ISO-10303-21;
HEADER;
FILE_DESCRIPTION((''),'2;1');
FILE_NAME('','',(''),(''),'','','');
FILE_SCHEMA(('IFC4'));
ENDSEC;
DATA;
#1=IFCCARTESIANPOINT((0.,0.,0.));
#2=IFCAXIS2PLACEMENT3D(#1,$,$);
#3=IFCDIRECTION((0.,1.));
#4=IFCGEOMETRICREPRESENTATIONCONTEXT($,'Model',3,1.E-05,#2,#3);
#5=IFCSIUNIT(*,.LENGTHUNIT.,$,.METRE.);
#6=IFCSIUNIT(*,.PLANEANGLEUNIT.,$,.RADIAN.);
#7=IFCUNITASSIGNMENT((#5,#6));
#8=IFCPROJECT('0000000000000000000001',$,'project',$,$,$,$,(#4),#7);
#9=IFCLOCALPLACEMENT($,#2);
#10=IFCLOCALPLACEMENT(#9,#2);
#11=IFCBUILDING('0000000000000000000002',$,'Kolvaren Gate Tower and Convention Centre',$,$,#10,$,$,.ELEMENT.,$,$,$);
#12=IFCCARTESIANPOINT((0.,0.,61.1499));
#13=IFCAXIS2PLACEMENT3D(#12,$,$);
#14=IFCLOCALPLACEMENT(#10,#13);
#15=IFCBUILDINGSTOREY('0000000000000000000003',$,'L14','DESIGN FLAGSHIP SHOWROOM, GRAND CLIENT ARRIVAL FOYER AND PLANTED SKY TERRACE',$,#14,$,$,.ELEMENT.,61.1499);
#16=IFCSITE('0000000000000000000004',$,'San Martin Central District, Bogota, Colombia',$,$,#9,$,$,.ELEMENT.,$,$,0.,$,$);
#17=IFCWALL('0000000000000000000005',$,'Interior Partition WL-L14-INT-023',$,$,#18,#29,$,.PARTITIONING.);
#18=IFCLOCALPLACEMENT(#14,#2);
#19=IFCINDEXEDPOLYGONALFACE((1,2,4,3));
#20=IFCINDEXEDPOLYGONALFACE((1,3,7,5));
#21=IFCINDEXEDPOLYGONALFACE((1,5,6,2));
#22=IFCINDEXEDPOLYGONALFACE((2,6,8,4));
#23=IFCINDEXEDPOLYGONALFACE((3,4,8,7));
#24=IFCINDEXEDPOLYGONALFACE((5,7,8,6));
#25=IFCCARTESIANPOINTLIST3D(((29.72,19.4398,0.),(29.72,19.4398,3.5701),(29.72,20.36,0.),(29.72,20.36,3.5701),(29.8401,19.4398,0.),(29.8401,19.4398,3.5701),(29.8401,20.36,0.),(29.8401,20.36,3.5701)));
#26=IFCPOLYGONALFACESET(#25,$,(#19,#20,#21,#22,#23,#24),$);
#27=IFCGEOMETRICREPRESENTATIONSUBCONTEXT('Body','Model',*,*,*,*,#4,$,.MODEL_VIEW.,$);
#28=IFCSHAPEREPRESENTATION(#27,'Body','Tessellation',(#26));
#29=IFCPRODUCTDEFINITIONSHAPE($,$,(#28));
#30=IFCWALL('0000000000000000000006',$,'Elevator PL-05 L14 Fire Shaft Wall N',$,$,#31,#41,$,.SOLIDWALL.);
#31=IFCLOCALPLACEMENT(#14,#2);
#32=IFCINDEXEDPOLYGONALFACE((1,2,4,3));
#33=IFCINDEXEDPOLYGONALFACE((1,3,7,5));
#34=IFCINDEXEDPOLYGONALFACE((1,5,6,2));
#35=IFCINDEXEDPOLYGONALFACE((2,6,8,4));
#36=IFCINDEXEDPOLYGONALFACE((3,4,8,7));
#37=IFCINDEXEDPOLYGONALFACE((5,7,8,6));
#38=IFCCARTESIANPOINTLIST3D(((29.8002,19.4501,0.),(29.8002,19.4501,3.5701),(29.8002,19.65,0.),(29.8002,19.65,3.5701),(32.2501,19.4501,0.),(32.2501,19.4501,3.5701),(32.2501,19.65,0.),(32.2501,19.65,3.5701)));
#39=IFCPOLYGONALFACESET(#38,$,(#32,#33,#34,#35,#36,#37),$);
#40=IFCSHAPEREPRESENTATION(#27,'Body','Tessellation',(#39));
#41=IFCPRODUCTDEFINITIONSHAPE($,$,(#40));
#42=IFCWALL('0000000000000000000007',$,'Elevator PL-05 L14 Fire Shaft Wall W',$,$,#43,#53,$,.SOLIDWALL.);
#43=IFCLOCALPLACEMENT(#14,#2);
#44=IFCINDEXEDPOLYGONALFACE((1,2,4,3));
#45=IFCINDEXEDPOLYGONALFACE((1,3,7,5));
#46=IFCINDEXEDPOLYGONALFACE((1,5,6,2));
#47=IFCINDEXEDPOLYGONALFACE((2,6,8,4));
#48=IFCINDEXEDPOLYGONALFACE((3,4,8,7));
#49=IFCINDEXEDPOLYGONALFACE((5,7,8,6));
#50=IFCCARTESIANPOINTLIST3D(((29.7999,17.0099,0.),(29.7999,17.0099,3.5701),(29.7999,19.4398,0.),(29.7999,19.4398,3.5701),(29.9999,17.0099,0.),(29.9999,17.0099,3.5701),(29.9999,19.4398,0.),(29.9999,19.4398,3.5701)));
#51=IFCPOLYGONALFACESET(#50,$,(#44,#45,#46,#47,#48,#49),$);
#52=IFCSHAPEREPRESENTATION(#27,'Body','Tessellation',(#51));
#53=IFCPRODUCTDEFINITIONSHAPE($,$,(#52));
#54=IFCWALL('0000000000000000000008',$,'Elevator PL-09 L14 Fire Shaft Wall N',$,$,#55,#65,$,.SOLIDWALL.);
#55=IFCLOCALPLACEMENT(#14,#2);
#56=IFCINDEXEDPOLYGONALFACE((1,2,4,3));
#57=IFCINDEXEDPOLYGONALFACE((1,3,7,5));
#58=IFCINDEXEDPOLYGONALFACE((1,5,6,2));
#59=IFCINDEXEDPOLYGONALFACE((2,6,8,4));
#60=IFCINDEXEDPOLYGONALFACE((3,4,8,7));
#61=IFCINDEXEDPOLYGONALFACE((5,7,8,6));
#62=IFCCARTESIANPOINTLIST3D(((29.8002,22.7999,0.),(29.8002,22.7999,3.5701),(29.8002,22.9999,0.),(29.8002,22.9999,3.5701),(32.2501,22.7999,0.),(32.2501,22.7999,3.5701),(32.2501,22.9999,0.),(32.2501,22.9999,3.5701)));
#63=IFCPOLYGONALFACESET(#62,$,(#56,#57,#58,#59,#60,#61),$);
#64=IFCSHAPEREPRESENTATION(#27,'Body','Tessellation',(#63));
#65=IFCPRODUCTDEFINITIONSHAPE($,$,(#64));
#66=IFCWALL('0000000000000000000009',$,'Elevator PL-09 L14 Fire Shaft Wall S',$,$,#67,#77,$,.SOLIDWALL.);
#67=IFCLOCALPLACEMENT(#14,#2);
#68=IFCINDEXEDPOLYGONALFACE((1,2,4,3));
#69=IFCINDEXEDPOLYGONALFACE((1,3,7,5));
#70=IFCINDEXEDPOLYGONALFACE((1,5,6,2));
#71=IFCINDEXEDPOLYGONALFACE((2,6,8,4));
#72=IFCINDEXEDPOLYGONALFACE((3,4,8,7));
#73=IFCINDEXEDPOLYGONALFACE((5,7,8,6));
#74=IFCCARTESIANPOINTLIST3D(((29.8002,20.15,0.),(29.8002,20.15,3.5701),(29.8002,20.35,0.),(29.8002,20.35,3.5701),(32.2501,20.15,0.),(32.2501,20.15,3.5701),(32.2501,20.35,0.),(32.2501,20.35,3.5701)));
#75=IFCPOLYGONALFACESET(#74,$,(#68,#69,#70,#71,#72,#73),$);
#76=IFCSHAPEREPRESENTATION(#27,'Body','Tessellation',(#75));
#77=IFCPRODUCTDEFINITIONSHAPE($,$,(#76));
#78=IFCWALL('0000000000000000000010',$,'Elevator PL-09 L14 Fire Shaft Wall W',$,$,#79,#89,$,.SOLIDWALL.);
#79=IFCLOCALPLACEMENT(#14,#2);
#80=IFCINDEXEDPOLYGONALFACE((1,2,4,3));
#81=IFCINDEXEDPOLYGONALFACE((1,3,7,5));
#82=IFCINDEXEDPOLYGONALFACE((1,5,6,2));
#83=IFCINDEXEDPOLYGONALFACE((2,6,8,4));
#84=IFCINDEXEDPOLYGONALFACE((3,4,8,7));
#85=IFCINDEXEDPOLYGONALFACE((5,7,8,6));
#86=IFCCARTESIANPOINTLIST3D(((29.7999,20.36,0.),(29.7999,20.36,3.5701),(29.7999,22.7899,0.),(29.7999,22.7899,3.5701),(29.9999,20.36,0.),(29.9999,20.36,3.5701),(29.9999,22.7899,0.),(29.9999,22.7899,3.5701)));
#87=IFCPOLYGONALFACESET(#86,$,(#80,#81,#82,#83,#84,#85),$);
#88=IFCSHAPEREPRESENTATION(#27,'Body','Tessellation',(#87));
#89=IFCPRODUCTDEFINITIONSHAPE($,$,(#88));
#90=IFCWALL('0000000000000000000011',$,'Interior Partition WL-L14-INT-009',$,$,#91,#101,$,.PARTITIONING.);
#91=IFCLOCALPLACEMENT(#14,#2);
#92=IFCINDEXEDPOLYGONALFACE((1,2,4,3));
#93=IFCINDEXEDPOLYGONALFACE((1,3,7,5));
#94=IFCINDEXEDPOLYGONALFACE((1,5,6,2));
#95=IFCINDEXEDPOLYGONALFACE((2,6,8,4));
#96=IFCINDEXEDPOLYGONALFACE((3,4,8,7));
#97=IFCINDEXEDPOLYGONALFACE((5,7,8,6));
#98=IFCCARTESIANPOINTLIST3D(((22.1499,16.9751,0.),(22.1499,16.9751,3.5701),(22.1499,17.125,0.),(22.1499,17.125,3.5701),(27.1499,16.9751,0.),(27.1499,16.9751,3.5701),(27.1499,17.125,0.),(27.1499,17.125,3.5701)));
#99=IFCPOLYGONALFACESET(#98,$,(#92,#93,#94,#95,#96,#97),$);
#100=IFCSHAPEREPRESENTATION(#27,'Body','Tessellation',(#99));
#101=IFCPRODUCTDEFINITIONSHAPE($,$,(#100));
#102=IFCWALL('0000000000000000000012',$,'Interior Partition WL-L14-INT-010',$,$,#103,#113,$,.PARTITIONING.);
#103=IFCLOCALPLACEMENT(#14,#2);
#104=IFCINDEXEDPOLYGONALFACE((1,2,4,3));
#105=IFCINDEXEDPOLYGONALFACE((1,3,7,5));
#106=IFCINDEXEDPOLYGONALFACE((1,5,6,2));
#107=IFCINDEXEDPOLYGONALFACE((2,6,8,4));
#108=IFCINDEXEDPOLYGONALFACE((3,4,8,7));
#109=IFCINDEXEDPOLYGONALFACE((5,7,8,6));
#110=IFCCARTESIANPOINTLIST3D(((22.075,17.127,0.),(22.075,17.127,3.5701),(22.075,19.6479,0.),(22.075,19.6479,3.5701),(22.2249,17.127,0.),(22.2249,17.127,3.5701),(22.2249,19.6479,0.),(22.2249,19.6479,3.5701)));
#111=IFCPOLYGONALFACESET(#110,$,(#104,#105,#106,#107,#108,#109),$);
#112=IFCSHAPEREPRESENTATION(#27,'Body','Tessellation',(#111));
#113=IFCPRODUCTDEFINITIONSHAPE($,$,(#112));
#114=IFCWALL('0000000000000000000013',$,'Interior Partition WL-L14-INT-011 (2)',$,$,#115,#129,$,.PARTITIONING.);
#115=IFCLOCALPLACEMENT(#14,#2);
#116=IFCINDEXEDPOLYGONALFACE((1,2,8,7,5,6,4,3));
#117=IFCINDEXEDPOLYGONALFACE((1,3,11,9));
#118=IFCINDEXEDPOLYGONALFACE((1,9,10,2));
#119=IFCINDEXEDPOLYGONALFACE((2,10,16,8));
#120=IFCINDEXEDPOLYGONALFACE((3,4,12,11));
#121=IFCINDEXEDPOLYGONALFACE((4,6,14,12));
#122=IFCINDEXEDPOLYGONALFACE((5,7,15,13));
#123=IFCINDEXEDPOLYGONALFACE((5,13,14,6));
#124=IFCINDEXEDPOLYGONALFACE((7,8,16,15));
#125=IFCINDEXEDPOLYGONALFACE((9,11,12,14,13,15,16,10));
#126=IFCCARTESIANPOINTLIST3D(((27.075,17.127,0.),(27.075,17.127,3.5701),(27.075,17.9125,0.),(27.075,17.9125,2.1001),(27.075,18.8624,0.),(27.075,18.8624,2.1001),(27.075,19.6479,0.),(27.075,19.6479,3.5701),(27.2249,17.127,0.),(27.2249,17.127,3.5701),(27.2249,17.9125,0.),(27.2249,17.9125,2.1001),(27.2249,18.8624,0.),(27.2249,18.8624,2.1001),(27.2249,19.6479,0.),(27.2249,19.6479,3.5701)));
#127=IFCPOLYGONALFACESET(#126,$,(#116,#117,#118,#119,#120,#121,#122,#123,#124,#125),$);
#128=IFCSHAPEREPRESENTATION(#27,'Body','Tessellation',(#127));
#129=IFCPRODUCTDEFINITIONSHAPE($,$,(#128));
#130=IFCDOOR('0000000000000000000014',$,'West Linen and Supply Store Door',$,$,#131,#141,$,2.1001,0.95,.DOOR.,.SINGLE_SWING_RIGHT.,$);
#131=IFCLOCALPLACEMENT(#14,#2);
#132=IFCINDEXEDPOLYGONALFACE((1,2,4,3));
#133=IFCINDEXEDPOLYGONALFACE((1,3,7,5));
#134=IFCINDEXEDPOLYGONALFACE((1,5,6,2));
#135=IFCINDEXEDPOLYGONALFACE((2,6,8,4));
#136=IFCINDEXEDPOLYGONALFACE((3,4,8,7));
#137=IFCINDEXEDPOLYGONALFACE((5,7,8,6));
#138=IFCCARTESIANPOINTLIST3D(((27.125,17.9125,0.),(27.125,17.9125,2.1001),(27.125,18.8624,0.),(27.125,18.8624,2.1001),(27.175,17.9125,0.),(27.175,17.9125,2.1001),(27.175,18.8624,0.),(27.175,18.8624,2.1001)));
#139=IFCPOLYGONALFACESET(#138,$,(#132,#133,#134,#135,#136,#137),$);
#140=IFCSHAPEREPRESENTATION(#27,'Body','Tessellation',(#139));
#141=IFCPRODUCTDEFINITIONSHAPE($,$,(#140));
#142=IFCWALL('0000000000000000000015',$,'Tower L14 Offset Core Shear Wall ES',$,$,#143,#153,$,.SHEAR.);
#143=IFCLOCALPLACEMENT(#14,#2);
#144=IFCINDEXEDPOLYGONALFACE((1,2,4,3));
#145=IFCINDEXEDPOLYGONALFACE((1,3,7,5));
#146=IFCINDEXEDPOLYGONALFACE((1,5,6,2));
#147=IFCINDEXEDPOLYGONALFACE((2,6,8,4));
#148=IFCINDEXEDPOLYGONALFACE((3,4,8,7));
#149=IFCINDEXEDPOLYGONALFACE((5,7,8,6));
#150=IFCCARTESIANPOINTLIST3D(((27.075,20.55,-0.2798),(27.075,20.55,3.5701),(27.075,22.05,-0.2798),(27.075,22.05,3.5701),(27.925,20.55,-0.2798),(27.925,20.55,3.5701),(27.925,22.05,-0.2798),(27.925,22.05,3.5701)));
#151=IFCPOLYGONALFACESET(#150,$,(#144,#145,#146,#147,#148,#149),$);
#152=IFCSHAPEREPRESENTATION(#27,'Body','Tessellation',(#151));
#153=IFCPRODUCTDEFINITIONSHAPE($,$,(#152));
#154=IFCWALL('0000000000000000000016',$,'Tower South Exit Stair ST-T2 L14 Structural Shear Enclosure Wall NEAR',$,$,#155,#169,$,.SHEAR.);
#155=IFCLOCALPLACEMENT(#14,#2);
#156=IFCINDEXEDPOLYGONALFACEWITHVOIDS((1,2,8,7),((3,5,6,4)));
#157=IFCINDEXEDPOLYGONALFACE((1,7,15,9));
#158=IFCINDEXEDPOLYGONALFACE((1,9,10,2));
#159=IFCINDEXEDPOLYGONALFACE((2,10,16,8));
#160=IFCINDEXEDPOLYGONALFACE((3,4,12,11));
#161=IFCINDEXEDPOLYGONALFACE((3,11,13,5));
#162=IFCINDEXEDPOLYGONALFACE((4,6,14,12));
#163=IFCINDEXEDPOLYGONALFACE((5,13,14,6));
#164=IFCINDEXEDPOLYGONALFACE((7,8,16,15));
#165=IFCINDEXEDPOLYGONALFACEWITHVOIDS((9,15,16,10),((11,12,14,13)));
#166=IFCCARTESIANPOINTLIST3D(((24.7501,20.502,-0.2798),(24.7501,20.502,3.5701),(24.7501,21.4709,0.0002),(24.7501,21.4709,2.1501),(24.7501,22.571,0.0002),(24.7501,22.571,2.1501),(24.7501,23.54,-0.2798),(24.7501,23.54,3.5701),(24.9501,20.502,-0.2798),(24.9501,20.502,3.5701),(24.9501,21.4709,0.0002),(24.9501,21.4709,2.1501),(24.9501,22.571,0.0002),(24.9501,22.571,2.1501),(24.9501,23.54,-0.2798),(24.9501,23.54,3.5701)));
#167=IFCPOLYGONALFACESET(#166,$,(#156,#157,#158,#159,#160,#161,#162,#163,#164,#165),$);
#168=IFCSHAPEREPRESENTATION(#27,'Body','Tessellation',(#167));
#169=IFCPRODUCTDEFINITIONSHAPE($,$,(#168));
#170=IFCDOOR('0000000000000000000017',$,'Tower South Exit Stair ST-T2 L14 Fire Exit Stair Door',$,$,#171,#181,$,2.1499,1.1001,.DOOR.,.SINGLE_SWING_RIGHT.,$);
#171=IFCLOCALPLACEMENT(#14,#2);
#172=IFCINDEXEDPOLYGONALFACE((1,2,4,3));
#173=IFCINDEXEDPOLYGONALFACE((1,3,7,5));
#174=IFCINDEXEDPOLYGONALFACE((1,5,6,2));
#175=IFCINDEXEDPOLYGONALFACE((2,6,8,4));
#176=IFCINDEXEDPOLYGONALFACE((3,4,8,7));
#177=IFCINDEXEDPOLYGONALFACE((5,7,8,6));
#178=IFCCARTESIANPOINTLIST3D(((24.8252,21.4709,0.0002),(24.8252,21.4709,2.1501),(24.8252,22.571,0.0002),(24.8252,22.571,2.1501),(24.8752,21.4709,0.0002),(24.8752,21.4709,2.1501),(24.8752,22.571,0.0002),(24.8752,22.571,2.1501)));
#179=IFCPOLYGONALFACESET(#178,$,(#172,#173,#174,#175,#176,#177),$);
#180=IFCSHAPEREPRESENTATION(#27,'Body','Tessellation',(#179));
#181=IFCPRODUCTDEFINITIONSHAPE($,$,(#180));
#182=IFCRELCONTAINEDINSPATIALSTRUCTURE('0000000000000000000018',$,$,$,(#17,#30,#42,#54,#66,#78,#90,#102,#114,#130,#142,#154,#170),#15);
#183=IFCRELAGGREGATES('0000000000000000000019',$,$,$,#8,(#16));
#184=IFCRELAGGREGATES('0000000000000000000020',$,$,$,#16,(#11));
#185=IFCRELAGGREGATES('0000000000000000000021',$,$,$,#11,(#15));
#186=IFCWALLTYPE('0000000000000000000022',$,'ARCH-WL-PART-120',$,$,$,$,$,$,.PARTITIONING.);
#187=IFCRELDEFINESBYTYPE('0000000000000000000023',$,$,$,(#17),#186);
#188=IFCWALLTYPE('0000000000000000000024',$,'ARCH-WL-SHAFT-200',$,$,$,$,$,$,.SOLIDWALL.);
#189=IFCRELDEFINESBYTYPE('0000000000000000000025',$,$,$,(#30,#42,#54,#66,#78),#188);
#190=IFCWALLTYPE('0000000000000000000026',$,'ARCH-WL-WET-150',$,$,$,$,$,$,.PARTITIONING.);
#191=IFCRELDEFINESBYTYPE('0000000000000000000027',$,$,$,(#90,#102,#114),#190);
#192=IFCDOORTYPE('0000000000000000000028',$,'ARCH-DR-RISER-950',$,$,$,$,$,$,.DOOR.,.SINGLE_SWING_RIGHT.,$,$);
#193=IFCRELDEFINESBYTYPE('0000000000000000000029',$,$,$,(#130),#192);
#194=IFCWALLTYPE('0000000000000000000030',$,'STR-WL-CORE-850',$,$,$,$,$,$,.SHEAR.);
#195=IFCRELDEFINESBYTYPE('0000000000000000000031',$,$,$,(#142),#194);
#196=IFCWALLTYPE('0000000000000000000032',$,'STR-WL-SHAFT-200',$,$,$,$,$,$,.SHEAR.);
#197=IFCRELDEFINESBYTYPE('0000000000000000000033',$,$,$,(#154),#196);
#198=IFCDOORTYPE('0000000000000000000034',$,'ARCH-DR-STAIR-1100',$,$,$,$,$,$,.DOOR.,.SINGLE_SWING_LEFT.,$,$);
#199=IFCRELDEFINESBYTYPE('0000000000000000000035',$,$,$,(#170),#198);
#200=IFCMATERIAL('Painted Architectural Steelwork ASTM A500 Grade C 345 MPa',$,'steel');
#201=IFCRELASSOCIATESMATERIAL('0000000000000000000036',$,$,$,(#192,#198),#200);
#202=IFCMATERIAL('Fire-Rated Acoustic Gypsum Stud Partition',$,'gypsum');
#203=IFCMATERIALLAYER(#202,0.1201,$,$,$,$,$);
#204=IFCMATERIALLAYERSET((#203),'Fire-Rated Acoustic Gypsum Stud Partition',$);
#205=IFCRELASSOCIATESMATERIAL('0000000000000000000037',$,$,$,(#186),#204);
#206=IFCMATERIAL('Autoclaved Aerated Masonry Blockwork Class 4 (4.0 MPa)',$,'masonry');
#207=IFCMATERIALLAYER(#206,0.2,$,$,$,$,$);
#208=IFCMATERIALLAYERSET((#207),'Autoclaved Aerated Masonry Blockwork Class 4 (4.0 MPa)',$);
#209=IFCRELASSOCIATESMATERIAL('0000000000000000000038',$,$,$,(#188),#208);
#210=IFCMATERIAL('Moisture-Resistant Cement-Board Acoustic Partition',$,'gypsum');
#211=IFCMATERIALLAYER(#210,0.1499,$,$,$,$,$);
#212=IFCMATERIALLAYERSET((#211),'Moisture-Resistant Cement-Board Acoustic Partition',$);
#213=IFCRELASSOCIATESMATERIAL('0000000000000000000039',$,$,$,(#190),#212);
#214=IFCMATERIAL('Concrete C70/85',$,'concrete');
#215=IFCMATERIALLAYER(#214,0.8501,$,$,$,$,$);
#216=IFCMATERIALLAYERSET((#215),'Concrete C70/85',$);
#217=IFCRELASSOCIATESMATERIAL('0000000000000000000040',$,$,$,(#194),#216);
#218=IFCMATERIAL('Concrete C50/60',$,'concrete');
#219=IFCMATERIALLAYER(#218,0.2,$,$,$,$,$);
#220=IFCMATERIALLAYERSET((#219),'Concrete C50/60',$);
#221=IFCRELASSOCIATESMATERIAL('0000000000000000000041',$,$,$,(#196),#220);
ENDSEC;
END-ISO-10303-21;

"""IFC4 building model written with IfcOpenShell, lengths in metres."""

from ifc_helpers import new_model, si_unit, direction, frame, frame_2d, origin, place, context, subcontext, project, spatial, rectangle, extrude, material, layer, layer_set, type_object, element, fill, save


model = new_model("IFC4")

# Units and contexts
model_context = context("Model", 3, precision=1e-05, world=origin(), true_north=direction((0.0, 1.0)))
body_context = subcontext(model_context, "Body", "Model", "MODEL_VIEW")
ifc_project = project(units=[si_unit("LENGTHUNIT", "METRE"), si_unit("PLANEANGLEUNIT", "RADIAN")], contexts=[model_context])

# Site, building, storey
site_placement = place(None, origin())
site = spatial("IfcSite", under=ifc_project, at=site_placement, Name="San Martin Central District, Bogota, Colombia", CompositionType="ELEMENT", RefElevation=0.0)
building_placement = place(site_placement, origin())
building = spatial("IfcBuilding", under=site, at=building_placement, Name="Kolvaren Gate Tower and Convention Centre", CompositionType="ELEMENT")
storey_placement = place(building_placement, frame((0.0, 0.0, 61.1499)))
storey = spatial("IfcBuildingStorey", under=building, at=storey_placement, Name="L14", Description="DESIGN FLAGSHIP SHOWROOM, GRAND CLIENT ARRIVAL FOYER AND PLANTED SKY TERRACE", CompositionType="ELEMENT", Elevation=61.1499)

# Shared definitions
ifc_material_1 = material(Name="Autoclaved Aerated Masonry Blockwork Class 4 (4.0 MPa)", Category="masonry")

# Shared definitions
ifc_material_2 = material(Name="Painted Architectural Steelwork ASTM A500 Grade C 345 MPa", Category="steel")
door_type_1 = type_object("IfcDoorType", Name="ARCH-DR-RISER-950", OperationType="SINGLE_SWING_RIGHT", PredefinedType="DOOR", material=ifc_material_2)

# Walls
ifc_material_3 = material(Name="Fire-Rated Acoustic Gypsum Stud Partition", Category="gypsum")
ifc_layer_1 = layer(ifc_material_3, 0.1201)
ifc_layer_set_1 = layer_set([ifc_layer_1], Name="Fire-Rated Acoustic Gypsum Stud Partition")
wall_type_1 = type_object("IfcWallType", Name="ARCH-WL-PART-120", PredefinedType="PARTITIONING", material=ifc_layer_set_1)
wall_1_placement = place(storey_placement, frame((29.78, 19.4399, 0.0), z_axis=(0.0, 0.0, 1.0), x_axis=(0.0, 1.0, 0.0)))
element("IfcWall", 1, at=wall_1_placement, inside=storey, type_object=wall_type_1, Name="Interior Partition WL-L14-INT-023", PredefinedType="PARTITIONING", context=body_context, shape_type="SweptSolid", body=[
    extrude(rectangle(XDim=0.9202, YDim=0.1201, at=frame_2d((0.46, 0.0))), origin(), (0.0, 0.0, 1.0), 3.5701),
])
ifc_layer_2 = layer(ifc_material_1, 0.2)
ifc_layer_set_2 = layer_set([ifc_layer_2], Name="Autoclaved Aerated Masonry Blockwork Class 4 (4.0 MPa)")
wall_type_2 = type_object("IfcWallType", Name="ARCH-WL-SHAFT-200", PredefinedType="SOLIDWALL", material=ifc_layer_set_2)
wall_2_placement = place(storey_placement, frame((29.8, 19.55, 0.0), z_axis=(0.0, 0.0, 1.0), x_axis=(1.0, 0.0, 0.0)))
element("IfcWall", 2, at=wall_2_placement, inside=storey, type_object=wall_type_2, Name="Elevator PL-05 L14 Fire Shaft Wall N", PredefinedType="SOLIDWALL", context=body_context, shape_type="SweptSolid", body=[
    extrude(rectangle(XDim=2.45, YDim=0.2, at=frame_2d((1.2251, 0.0))), origin(), (0.0, 0.0, 1.0), 3.5701),
])
wall_3_placement = place(storey_placement, frame((29.8999, 17.01, 0.0), z_axis=(0.0, 0.0, 1.0), x_axis=(0.0, 1.0, 0.0)))
element("IfcWall", 3, at=wall_3_placement, inside=storey, type_object=wall_type_2, Name="Elevator PL-05 L14 Fire Shaft Wall W", PredefinedType="SOLIDWALL", context=body_context, shape_type="SweptSolid", body=[
    extrude(rectangle(XDim=2.4299, YDim=0.2, at=frame_2d((1.2148, 0.0))), origin(), (0.0, 0.0, 1.0), 3.5701),
])
for number, where, z_axis, x_axis, name in (
    (4, (29.8, 22.8999, 0.0), (0.0, 0.0, 1.0), (1.0, 0.0, 0.0), "Elevator PL-09 L14 Fire Shaft Wall N"),
    (5, (29.8, 20.25, 0.0), (0.0, 0.0, 1.0), (1.0, 0.0, 0.0), "Elevator PL-09 L14 Fire Shaft Wall S"),
):
    element("IfcWall", number, at=place(storey_placement, frame(where, z_axis=z_axis, x_axis=x_axis)), inside=storey, type_object=wall_type_2, Name=name, PredefinedType="SOLIDWALL", context=body_context, shape_type="SweptSolid", body=[
        extrude(rectangle(XDim=2.45, YDim=0.2, at=frame_2d((1.2251, 0.0))), origin(), (0.0, 0.0, 1.0), 3.5701),
    ])
wall_4_placement = place(storey_placement, frame((29.8999, 20.3601, 0.0), z_axis=(0.0, 0.0, 1.0), x_axis=(0.0, 1.0, 0.0)))
element("IfcWall", 6, at=wall_4_placement, inside=storey, type_object=wall_type_2, Name="Elevator PL-09 L14 Fire Shaft Wall W", PredefinedType="SOLIDWALL", context=body_context, shape_type="SweptSolid", body=[
    extrude(rectangle(XDim=2.4299, YDim=0.2, at=frame_2d((1.2148, 0.0))), origin(), (0.0, 0.0, 1.0), 3.5701),
])
ifc_material_4 = material(Name="Moisture-Resistant Cement-Board Acoustic Partition", Category="gypsum")
ifc_layer_3 = layer(ifc_material_4, 0.1499)
ifc_layer_set_3 = layer_set([ifc_layer_3], Name="Moisture-Resistant Cement-Board Acoustic Partition")
wall_type_3 = type_object("IfcWallType", Name="ARCH-WL-WET-150", PredefinedType="PARTITIONING", material=ifc_layer_set_3)
wall_5_placement = place(storey_placement, frame((22.1499, 17.05, 0.0), z_axis=(0.0, 0.0, 1.0), x_axis=(1.0, 0.0, 0.0)))
element("IfcWall", 7, at=wall_5_placement, inside=storey, type_object=wall_type_3, Name="Interior Partition WL-L14-INT-009", PredefinedType="PARTITIONING", context=body_context, shape_type="SweptSolid", body=[
    extrude(rectangle(XDim=5.0, YDim=0.1499, at=frame_2d((2.5, 0.0))), origin(), (0.0, 0.0, 1.0), 3.5701),
])
wall_6_placement = place(storey_placement, frame((22.1499, 17.127, 0.0), z_axis=(0.0, 0.0, 1.0), x_axis=(0.0, 1.0, 0.0)))
element("IfcWall", 8, at=wall_6_placement, inside=storey, type_object=wall_type_3, Name="Interior Partition WL-L14-INT-010", PredefinedType="PARTITIONING", context=body_context, shape_type="SweptSolid", body=[
    extrude(rectangle(XDim=2.521, YDim=0.1499, at=frame_2d((1.2605, 0.0))), origin(), (0.0, 0.0, 1.0), 3.5701),
])

# Wall, opening, door
wall_7_placement = place(storey_placement, frame((27.1499, 17.127, 0.0), z_axis=(0.0, 0.0, 1.0), x_axis=(0.0, 1.0, 0.0)))
wall_7 = element("IfcWall", 9, at=wall_7_placement, inside=storey, type_object=wall_type_3, Name="Interior Partition WL-L14-INT-011 (2)", PredefinedType="PARTITIONING", context=body_context, shape_type="SweptSolid", body=[
    extrude(rectangle(XDim=2.521, YDim=0.1499, at=frame_2d((1.2605, 0.0))), origin(), (0.0, 0.0, 1.0), 3.5701),
])
opening_1_placement = place(wall_7_placement, frame((0.7854, 0.0, 0.0)))
opening_1 = element("IfcOpeningElement", 10, at=opening_1_placement, cuts=wall_7, PredefinedType="OPENING", context=body_context, shape_type="SweptSolid", body=[
    extrude(rectangle(XDim=0.95, YDim=2.1001, at=frame_2d((0.4751, 1.05))), frame((0.0, 0.085, 0.0), z_axis=(0.0, -1.0, 0.0), x_axis=(1.0, 0.0, 0.0)), (0.0, 0.0, 1.0), 0.1699),
])
door_1_placement = place(opening_1_placement, origin())
door_1 = element("IfcDoor", 11, at=door_1_placement, inside=storey, type_object=door_type_1, Name="West Linen and Supply Store Door", OperationType="SINGLE_SWING_RIGHT", OverallHeight=2.1001, OverallWidth=0.95, PredefinedType="DOOR", context=body_context, shape_type="SweptSolid", body=[
    extrude(rectangle(XDim=0.95, YDim=2.1001, at=frame_2d((0.4751, 1.05))), frame((0.0, 0.0249, 0.0), z_axis=(0.0, -1.0, 0.0), x_axis=(1.0, 0.0, 0.0)), (0.0, 0.0, 1.0), 0.05),
])
fill(opening_1, door_1)

# Wall
ifc_material_5 = material(Name="Concrete C70/85", Category="concrete")
ifc_layer_4 = layer(ifc_material_5, 0.8501)
ifc_layer_set_4 = layer_set([ifc_layer_4], Name="Concrete C70/85")
wall_type_4 = type_object("IfcWallType", Name="STR-WL-CORE-850", PredefinedType="SHEAR", material=ifc_layer_set_4)
wall_8_placement = place(storey_placement, frame((27.5, 20.55, -0.2798), z_axis=(0.0, 0.0, 1.0), x_axis=(0.0, 1.0, 0.0)))
element("IfcWall", 12, at=wall_8_placement, inside=storey, type_object=wall_type_4, Name="Tower L14 Offset Core Shear Wall ES", PredefinedType="SHEAR", context=body_context, shape_type="SweptSolid", body=[
    extrude(rectangle(XDim=1.5, YDim=0.8501, at=frame_2d((0.75, 0.0))), origin(), (0.0, 0.0, 1.0), 3.8499),
])

# Wall, opening, door
ifc_material_6 = material(Name="Concrete C50/60", Category="concrete")
ifc_layer_5 = layer(ifc_material_6, 0.2)
ifc_layer_set_5 = layer_set([ifc_layer_5], Name="Concrete C50/60")
wall_type_5 = type_object("IfcWallType", Name="STR-WL-SHAFT-200", PredefinedType="SHEAR", material=ifc_layer_set_5)
wall_9_placement = place(storey_placement, frame((24.8501, 20.502, -0.2798), z_axis=(0.0, 0.0, 1.0), x_axis=(0.0, 1.0, 0.0)))
wall_9 = element("IfcWall", 13, at=wall_9_placement, inside=storey, type_object=wall_type_5, Name="Tower South Exit Stair ST-T2 L14 Structural Shear Enclosure Wall NEAR", PredefinedType="SHEAR", context=body_context, shape_type="SweptSolid", body=[
    extrude(rectangle(XDim=3.0381, YDim=0.2, at=frame_2d((1.519, 0.0))), origin(), (0.0, 0.0, 1.0), 3.8499),
])
opening_2_placement = place(wall_9_placement, frame((0.969, 0.0, 0.28)))
opening_2 = element("IfcOpeningElement", 14, at=opening_2_placement, cuts=wall_9, PredefinedType="OPENING", context=body_context, shape_type="SweptSolid", body=[
    extrude(rectangle(XDim=1.1001, YDim=2.1499, at=frame_2d((0.55, 1.075))), frame((0.0, 0.1099, 0.0), z_axis=(0.0, -1.0, 0.0), x_axis=(1.0, 0.0, 0.0)), (0.0, 0.0, 1.0), 0.22),
])
door_type_2 = type_object("IfcDoorType", Name="ARCH-DR-STAIR-1100", OperationType="SINGLE_SWING_LEFT", PredefinedType="DOOR", material=ifc_material_2)
door_2_placement = place(opening_2_placement, origin())
door_2 = element("IfcDoor", 15, at=door_2_placement, inside=storey, type_object=door_type_2, Name="Tower South Exit Stair ST-T2 L14 Fire Exit Stair Door", OperationType="SINGLE_SWING_RIGHT", OverallHeight=2.1499, OverallWidth=1.1001, PredefinedType="DOOR", context=body_context, shape_type="SweptSolid", body=[
    extrude(rectangle(XDim=1.1001, YDim=2.1499, at=frame_2d((0.55, 1.075))), frame((0.0, 0.0249, 0.0), z_axis=(0.0, -1.0, 0.0), x_axis=(1.0, 0.0, 0.0)), (0.0, 0.0, 1.0), 0.05),
])
fill(opening_2, door_2)

save(model, "model.ifc")
